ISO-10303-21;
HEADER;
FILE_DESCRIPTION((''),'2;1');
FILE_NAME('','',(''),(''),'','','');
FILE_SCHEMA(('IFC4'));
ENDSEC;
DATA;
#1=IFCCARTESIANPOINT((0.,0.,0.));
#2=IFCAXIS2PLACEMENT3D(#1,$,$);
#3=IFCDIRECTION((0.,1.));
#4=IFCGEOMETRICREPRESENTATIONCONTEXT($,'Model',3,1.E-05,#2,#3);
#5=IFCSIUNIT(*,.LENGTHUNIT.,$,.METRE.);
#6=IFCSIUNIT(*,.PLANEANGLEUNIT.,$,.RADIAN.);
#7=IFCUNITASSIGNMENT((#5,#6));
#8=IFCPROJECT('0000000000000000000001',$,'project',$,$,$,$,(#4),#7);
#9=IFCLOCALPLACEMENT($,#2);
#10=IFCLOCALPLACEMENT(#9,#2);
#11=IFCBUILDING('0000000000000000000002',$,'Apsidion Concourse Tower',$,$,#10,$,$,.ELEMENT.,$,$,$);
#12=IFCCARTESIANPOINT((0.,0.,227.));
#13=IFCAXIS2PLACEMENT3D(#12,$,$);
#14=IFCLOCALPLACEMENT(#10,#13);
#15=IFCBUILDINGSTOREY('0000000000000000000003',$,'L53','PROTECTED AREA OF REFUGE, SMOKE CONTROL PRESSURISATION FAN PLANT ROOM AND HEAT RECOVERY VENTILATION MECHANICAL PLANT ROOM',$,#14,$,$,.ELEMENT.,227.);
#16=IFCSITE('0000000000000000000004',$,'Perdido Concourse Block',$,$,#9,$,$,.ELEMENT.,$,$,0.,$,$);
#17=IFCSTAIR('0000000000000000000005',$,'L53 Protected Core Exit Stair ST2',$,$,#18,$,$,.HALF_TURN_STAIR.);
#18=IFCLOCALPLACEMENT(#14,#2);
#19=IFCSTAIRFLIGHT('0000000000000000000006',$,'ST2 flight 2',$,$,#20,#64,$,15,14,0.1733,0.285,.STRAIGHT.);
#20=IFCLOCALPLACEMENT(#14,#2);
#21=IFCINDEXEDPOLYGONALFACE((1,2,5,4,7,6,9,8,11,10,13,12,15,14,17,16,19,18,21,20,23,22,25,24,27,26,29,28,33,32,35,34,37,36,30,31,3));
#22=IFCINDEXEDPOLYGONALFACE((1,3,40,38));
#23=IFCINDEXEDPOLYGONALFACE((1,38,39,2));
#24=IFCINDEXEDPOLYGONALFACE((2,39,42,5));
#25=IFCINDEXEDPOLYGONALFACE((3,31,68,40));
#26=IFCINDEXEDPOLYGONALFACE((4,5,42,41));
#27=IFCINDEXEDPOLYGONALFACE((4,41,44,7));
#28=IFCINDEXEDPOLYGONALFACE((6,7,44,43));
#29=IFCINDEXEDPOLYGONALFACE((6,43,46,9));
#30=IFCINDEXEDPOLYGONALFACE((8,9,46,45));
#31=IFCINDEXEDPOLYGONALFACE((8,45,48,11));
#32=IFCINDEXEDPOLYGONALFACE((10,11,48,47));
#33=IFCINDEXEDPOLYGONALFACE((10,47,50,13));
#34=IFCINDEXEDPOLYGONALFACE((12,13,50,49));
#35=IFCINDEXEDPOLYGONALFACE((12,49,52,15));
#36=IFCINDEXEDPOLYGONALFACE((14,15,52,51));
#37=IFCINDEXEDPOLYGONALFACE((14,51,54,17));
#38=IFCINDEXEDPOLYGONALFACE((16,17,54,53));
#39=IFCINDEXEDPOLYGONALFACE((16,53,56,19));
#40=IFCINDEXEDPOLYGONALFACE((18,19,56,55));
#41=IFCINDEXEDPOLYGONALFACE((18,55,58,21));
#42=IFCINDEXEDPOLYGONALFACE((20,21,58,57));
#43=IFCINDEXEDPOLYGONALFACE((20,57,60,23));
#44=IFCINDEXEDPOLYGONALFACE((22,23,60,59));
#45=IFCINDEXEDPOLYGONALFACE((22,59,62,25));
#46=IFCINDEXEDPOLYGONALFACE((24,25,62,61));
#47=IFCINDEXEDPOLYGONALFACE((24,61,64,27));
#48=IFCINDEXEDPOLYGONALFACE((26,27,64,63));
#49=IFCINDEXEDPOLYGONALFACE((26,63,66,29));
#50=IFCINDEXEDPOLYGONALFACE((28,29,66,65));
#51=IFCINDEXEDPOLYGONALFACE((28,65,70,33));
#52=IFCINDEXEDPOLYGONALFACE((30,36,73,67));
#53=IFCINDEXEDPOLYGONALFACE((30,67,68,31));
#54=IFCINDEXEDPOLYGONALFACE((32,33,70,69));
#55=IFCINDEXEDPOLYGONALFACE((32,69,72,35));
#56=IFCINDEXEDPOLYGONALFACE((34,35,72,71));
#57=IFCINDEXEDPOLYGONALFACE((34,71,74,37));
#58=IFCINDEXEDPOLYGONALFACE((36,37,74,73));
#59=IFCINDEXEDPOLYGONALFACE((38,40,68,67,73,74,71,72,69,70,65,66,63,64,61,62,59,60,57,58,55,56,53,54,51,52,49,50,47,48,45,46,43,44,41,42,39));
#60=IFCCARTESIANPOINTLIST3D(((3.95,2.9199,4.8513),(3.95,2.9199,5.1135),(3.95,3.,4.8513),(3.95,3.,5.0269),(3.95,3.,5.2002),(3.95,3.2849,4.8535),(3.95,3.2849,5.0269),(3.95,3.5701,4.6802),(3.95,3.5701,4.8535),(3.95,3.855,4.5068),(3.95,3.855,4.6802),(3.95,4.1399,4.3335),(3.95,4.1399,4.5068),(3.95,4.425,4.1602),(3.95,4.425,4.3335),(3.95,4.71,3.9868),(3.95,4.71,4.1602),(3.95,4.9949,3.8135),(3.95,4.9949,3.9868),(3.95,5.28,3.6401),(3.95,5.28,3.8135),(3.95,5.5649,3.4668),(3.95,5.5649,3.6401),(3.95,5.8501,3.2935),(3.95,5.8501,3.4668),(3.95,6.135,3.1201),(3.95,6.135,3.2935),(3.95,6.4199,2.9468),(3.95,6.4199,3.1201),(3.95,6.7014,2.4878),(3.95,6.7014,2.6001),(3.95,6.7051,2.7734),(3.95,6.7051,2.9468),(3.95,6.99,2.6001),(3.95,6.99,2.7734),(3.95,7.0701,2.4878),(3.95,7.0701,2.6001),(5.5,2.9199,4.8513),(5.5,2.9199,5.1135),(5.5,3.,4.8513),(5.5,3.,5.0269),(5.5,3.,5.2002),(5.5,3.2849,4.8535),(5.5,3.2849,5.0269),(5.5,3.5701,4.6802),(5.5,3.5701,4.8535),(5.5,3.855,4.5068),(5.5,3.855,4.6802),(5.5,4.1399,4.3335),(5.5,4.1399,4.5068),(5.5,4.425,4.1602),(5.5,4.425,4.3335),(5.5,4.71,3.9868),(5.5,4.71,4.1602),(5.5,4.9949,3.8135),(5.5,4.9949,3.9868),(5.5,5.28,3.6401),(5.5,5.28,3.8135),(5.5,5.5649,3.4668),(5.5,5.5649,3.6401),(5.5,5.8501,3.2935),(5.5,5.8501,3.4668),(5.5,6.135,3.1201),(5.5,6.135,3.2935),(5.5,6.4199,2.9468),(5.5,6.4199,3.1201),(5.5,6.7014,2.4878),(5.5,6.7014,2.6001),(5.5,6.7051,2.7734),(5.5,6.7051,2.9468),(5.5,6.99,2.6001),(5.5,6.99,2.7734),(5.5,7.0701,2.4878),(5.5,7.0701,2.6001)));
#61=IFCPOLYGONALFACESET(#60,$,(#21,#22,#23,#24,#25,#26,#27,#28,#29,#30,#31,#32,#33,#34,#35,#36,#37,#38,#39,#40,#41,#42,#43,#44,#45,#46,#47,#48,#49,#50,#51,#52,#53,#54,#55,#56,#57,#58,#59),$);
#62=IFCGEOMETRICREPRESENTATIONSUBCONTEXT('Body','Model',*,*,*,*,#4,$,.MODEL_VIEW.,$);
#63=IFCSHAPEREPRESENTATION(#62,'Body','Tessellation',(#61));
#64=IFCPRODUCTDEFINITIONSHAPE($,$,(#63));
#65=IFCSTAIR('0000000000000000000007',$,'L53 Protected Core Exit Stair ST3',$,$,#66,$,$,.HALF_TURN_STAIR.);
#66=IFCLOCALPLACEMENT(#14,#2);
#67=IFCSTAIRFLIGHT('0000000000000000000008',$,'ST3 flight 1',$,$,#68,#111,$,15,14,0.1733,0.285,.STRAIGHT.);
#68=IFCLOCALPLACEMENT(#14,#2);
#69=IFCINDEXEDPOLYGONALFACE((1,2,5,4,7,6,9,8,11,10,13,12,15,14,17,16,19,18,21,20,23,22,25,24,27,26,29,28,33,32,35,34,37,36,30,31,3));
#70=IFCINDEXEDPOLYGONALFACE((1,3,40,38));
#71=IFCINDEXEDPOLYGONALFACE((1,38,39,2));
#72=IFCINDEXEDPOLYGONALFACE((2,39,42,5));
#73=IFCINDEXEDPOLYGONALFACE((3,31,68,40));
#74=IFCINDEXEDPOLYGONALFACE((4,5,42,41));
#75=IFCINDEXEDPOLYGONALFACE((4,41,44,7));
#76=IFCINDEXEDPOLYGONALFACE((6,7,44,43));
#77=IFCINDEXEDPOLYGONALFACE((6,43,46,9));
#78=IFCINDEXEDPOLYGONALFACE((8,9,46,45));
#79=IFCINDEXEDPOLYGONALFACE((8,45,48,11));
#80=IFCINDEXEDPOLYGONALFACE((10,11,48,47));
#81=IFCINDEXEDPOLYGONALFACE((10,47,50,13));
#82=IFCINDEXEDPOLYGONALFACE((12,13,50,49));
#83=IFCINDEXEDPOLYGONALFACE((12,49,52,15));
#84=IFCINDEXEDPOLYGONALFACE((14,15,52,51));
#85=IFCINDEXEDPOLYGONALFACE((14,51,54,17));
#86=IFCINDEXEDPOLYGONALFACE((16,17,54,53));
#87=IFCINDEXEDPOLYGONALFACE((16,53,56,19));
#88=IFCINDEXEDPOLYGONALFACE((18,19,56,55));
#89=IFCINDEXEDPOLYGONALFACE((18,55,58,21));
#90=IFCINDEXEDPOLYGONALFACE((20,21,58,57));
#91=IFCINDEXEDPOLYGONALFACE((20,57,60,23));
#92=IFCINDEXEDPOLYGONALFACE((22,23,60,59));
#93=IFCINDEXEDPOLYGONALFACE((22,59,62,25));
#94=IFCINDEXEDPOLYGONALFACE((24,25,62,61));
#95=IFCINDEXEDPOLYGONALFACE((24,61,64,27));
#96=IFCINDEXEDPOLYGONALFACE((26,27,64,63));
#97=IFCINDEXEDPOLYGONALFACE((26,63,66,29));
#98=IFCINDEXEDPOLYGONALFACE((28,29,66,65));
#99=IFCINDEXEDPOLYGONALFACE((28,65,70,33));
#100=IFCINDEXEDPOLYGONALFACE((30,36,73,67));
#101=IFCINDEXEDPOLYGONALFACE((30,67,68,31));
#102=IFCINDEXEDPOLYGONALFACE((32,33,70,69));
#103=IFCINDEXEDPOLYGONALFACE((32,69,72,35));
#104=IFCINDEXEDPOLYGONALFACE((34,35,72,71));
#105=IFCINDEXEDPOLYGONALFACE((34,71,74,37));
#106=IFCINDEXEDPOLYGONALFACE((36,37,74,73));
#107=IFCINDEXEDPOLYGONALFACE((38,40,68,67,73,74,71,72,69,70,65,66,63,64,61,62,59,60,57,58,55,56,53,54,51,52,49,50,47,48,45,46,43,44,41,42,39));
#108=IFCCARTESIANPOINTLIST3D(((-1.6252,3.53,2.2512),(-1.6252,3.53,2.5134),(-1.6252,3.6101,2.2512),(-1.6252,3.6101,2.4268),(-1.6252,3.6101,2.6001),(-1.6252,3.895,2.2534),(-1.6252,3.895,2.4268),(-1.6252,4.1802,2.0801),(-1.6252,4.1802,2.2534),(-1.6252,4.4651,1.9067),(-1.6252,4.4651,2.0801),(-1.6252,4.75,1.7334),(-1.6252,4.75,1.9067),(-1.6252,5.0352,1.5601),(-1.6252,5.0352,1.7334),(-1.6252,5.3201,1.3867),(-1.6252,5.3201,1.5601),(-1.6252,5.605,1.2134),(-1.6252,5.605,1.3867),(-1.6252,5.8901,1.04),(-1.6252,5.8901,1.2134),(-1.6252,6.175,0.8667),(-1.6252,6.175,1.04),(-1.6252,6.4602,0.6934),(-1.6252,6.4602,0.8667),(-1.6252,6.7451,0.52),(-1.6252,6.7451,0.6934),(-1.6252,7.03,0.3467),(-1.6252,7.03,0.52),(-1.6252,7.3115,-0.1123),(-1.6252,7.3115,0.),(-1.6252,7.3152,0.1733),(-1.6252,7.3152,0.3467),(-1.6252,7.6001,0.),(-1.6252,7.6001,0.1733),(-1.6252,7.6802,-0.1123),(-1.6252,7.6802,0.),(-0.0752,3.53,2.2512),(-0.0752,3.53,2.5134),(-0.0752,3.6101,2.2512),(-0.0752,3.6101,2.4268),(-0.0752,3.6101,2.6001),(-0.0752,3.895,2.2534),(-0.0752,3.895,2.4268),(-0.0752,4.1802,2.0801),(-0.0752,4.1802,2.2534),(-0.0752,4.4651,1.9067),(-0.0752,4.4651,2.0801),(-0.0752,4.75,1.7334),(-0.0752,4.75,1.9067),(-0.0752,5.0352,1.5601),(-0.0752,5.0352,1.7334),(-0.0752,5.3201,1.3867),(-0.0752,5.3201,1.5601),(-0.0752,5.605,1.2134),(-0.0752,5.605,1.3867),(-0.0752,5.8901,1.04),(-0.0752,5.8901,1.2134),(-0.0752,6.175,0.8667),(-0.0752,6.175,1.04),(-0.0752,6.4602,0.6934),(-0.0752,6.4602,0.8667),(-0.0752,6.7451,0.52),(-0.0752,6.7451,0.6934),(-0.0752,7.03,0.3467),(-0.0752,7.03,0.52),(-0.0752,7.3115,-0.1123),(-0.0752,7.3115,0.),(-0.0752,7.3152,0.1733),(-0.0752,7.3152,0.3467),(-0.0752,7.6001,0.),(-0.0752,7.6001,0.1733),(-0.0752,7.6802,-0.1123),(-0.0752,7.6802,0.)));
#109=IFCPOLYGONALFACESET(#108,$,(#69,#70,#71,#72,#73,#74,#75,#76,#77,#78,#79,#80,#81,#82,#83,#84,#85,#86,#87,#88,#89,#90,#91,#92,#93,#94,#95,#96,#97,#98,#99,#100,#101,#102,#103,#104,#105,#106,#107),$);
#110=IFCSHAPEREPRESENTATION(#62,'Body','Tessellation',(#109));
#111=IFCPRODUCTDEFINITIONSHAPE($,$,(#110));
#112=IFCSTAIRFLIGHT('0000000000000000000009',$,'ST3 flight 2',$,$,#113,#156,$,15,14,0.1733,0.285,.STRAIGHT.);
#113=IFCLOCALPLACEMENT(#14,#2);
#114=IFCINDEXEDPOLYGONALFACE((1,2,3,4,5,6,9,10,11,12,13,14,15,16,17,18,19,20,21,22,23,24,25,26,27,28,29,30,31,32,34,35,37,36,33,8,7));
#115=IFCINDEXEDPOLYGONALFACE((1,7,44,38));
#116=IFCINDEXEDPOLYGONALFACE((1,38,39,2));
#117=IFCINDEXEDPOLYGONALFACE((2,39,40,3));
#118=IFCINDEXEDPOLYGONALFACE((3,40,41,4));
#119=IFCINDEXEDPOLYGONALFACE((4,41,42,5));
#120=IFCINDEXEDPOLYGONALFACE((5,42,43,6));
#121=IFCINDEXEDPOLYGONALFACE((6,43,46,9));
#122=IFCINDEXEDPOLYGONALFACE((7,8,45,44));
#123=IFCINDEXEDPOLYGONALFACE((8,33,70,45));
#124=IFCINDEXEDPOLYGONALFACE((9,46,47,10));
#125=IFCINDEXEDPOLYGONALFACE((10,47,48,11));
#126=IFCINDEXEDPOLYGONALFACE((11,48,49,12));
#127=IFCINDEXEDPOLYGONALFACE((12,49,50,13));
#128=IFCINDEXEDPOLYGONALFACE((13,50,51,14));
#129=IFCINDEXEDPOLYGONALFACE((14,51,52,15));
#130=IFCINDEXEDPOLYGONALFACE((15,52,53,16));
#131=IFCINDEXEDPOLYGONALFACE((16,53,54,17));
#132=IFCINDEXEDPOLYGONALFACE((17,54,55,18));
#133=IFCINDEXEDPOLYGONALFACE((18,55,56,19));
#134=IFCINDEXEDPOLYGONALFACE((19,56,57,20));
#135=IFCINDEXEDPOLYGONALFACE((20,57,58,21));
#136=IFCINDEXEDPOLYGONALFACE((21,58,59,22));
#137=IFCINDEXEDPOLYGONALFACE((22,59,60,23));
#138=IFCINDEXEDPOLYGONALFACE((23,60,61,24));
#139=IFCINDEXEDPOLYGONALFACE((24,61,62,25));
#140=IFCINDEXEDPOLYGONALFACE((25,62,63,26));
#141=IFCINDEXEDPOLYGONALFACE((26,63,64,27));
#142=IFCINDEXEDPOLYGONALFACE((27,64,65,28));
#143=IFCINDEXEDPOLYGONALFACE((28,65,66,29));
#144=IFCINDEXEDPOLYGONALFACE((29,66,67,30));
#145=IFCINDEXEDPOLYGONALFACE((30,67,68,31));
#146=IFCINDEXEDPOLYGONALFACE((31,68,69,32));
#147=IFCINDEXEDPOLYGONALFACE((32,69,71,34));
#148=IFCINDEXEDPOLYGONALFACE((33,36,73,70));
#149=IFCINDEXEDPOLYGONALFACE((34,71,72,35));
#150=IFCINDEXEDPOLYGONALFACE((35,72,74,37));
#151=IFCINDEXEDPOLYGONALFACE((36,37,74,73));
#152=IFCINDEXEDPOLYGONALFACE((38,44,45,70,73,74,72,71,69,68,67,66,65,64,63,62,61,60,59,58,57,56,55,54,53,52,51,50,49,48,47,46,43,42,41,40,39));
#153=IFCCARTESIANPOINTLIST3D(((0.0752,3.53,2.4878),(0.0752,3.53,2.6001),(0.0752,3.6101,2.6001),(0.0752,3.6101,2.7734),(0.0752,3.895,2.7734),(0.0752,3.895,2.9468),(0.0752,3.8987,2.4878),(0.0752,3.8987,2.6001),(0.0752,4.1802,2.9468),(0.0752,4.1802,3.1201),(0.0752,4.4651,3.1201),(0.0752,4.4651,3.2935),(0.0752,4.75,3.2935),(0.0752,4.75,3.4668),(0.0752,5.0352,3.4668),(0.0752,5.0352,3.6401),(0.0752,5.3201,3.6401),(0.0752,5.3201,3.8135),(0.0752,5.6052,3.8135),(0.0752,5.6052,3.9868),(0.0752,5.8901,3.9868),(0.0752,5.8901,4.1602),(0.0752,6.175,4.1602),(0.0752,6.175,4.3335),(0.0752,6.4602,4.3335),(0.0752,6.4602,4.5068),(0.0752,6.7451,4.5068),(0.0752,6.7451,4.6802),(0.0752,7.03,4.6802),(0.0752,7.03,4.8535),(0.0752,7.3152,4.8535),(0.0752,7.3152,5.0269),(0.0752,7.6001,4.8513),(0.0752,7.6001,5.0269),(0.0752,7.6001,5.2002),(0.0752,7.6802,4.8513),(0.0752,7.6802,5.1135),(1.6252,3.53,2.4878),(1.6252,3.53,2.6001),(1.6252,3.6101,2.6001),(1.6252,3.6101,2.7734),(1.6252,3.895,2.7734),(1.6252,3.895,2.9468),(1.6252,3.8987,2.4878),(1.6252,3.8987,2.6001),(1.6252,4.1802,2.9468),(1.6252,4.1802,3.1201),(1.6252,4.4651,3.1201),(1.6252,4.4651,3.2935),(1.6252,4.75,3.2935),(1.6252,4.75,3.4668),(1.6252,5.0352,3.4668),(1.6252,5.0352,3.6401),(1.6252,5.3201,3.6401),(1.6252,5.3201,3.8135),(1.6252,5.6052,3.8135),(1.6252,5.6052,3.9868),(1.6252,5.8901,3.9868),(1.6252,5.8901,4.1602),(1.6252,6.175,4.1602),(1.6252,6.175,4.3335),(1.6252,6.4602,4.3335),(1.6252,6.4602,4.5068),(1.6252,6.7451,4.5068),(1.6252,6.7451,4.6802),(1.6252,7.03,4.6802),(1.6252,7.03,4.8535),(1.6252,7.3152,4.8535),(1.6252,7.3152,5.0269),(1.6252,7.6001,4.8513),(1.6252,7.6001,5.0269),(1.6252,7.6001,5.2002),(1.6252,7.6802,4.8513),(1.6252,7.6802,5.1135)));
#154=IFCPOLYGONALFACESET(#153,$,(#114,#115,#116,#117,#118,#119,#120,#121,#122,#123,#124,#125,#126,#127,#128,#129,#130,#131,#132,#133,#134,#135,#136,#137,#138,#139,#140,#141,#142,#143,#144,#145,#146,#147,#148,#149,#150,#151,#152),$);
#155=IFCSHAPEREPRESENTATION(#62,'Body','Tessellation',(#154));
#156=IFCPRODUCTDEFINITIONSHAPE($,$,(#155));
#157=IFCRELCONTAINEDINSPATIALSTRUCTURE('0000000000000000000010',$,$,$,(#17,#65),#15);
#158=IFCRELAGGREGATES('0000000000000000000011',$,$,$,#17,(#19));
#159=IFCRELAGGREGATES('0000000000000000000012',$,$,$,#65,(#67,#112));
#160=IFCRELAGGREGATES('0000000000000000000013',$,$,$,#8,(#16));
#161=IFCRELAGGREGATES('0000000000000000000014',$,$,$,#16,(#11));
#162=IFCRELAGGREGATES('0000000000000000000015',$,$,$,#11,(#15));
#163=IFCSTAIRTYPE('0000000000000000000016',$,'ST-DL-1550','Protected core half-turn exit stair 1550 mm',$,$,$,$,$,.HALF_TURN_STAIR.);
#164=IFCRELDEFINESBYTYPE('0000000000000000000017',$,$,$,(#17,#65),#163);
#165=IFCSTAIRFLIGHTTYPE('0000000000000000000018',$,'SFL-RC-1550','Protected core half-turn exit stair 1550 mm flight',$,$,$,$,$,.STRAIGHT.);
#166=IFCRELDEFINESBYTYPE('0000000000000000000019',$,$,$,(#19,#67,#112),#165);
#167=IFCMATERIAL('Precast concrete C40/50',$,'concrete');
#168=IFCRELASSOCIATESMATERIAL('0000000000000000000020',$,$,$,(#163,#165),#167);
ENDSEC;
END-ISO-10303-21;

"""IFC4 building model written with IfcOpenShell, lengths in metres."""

from ifc_helpers import new_model, si_unit, direction, frame, origin, place, context, subcontext, project, spatial, polyline, outline, extrude, material, type_object, element, aggregate, save


model = new_model("IFC4")

# Units and contexts
model_context = context("Model", 3, precision=1e-05, world=origin(), true_north=direction((0.0, 1.0)))
body_context = subcontext(model_context, "Body", "Model", "MODEL_VIEW")
ifc_project = project(units=[si_unit("LENGTHUNIT", "METRE"), si_unit("PLANEANGLEUNIT", "RADIAN")], contexts=[model_context])

# Site, building, storey
site_placement = place(None, origin())
site = spatial("IfcSite", under=ifc_project, at=site_placement, Name="Perdido Concourse Block", CompositionType="ELEMENT", RefElevation=0.0)
building_placement = place(site_placement, origin())
building = spatial("IfcBuilding", under=site, at=building_placement, Name="Apsidion Concourse Tower", CompositionType="ELEMENT")
storey_placement = place(building_placement, frame((0.0, 0.0, 227.0)))
storey = spatial("IfcBuildingStorey", under=building, at=storey_placement, Name="L53", Description="PROTECTED AREA OF REFUGE, SMOKE CONTROL PRESSURISATION FAN PLANT ROOM AND HEAT RECOVERY VENTILATION MECHANICAL PLANT ROOM", CompositionType="ELEMENT", Elevation=227.0)

# Stairs, stair flights
ifc_material_1 = material(Name="Precast concrete C40/50", Category="concrete")
stair_type = type_object("IfcStairType", Name="ST-DL-1550", Description="Protected core half-turn exit stair 1550 mm", PredefinedType="HALF_TURN_STAIR", material=ifc_material_1)
stair_1_placement = place(storey_placement, origin())
stair_1 = element("IfcStair", 1, at=stair_1_placement, inside=storey, type_object=stair_type, Name="L53 Protected Core Exit Stair ST2", PredefinedType="HALF_TURN_STAIR")
stair_flight_type = type_object("IfcStairFlightType", Name="SFL-RC-1550", Description="Protected core half-turn exit stair 1550 mm flight", PredefinedType="STRAIGHT", material=ifc_material_1)
stair_flight_1_placement = place(storey_placement, frame((4.7251, 6.99, 2.6001), z_axis=(0.0, 0.0, 1.0), x_axis=(0.0, -1.0, 0.0)))
stair_flight_1 = element("IfcStairFlight", 2, at=stair_flight_1_placement, type_object=stair_flight_type, Name="ST2 flight 2", NumberOfRisers=15, NumberOfTreads=14, PredefinedType="STRAIGHT", RiserHeight=0.1733, TreadLength=0.285, context=body_context, shape_type="SweptSolid", body=[
    extrude(outline(polyline([(-0.0801, -0.1123), (-0.0801, 0.0), (0.0, 0.0), (0.0, 0.1733), (0.2849, 0.1733), (0.2849, 0.3467), (0.5701, 0.3467), (0.5701, 0.52), (0.855, 0.52), (0.855, 0.6934), (1.1399, 0.6934), (1.1399, 0.8667), (1.425, 0.8667), (1.425, 1.04), (1.71, 1.04), (1.71, 1.2134), (1.9951, 1.2134), (1.9951, 1.3867), (2.28, 1.3867), (2.28, 1.5601), (2.5649, 1.5601), (2.5649, 1.7334), (2.8501, 1.7334), (2.8501, 1.9067), (3.135, 1.9067), (3.135, 2.0801), (3.4199, 2.0801), (3.4199, 2.2534), (3.7051, 2.2534), (3.7051, 2.4268), (3.99, 2.4268), (3.99, 2.6001), (4.0701, 2.5134), (4.0701, 2.2512), (3.99, 2.2512), (0.2886, 0.0), (0.2886, -0.1123), (-0.0801, -0.1123)])), frame((0.0, 0.7749, 0.0), z_axis=(0.0, -1.0, 0.0), x_axis=(1.0, 0.0, 0.0)), (0.0, 0.0, 1.0), 1.55),
])
aggregate(stair_1, [stair_flight_1])
stair_2_placement = place(storey_placement, origin())
stair_2 = element("IfcStair", 3, at=stair_2_placement, inside=storey, type_object=stair_type, Name="L53 Protected Core Exit Stair ST3", PredefinedType="HALF_TURN_STAIR")
stair_flight_2_placement = place(storey_placement, frame((-0.8501, 7.6001, 0.0), z_axis=(0.0, 0.0, 1.0), x_axis=(0.0, -1.0, 0.0)))
stair_flight_2 = element("IfcStairFlight", 4, at=stair_flight_2_placement, type_object=stair_flight_type, Name="ST3 flight 1", NumberOfRisers=15, NumberOfTreads=14, PredefinedType="STRAIGHT", RiserHeight=0.1733, TreadLength=0.285, context=body_context, shape_type="SweptSolid", body=[
    extrude(outline(polyline([(-0.0801, -0.1123), (-0.0801, 0.0), (0.0, 0.0), (0.0, 0.1733), (0.2849, 0.1733), (0.2849, 0.3467), (0.5701, 0.3467), (0.5701, 0.52), (0.855, 0.52), (0.855, 0.6934), (1.1399, 0.6934), (1.1399, 0.8667), (1.425, 0.8667), (1.425, 1.04), (1.71, 1.04), (1.71, 1.2134), (1.9951, 1.2134), (1.9951, 1.3867), (2.28, 1.3867), (2.28, 1.5601), (2.5649, 1.5601), (2.5649, 1.7334), (2.8501, 1.7334), (2.8501, 1.9067), (3.135, 1.9067), (3.135, 2.0801), (3.4199, 2.0801), (3.4199, 2.2534), (3.7051, 2.2534), (3.7051, 2.4268), (3.99, 2.4268), (3.99, 2.6001), (4.0701, 2.5134), (4.0701, 2.2512), (3.99, 2.2512), (0.2886, 0.0), (0.2886, -0.1123), (-0.0801, -0.1123)])), frame((0.0, 0.7749, 0.0), z_axis=(0.0, -1.0, 0.0), x_axis=(1.0, 0.0, 0.0)), (0.0, 0.0, 1.0), 1.55),
])
stair_flight_3_placement = place(storey_placement, frame((0.8501, 3.6101, 2.6001), z_axis=(0.0, 0.0, 1.0), x_axis=(0.0, 1.0, 0.0)))
stair_flight_3 = element("IfcStairFlight", 5, at=stair_flight_3_placement, type_object=stair_flight_type, Name="ST3 flight 2", NumberOfRisers=15, NumberOfTreads=14, PredefinedType="STRAIGHT", RiserHeight=0.1733, TreadLength=0.285, context=body_context, shape_type="SweptSolid", body=[
    extrude(outline(polyline([(-0.0801, -0.1123), (-0.0801, 0.0), (0.0, 0.0), (0.0, 0.1733), (0.2849, 0.1733), (0.2849, 0.3467), (0.5701, 0.3467), (0.5701, 0.52), (0.855, 0.52), (0.855, 0.6934), (1.1399, 0.6934), (1.1399, 0.8667), (1.425, 0.8667), (1.425, 1.04), (1.71, 1.04), (1.71, 1.2134), (1.9951, 1.2134), (1.9951, 1.3867), (2.28, 1.3867), (2.28, 1.5601), (2.5649, 1.5601), (2.5649, 1.7334), (2.8501, 1.7334), (2.8501, 1.9067), (3.135, 1.9067), (3.135, 2.0801), (3.4199, 2.0801), (3.4199, 2.2534), (3.7051, 2.2534), (3.7051, 2.4268), (3.99, 2.4268), (3.99, 2.6001), (4.0701, 2.5134), (4.0701, 2.2512), (3.99, 2.2512), (0.2886, 0.0), (0.2886, -0.1123), (-0.0801, -0.1123)])), frame((0.0, 0.7749, 0.0), z_axis=(0.0, -1.0, 0.0), x_axis=(1.0, 0.0, 0.0)), (0.0, 0.0, 1.0), 1.55),
])
aggregate(stair_2, [stair_flight_2, stair_flight_3])

save(model, "model.ifc")
